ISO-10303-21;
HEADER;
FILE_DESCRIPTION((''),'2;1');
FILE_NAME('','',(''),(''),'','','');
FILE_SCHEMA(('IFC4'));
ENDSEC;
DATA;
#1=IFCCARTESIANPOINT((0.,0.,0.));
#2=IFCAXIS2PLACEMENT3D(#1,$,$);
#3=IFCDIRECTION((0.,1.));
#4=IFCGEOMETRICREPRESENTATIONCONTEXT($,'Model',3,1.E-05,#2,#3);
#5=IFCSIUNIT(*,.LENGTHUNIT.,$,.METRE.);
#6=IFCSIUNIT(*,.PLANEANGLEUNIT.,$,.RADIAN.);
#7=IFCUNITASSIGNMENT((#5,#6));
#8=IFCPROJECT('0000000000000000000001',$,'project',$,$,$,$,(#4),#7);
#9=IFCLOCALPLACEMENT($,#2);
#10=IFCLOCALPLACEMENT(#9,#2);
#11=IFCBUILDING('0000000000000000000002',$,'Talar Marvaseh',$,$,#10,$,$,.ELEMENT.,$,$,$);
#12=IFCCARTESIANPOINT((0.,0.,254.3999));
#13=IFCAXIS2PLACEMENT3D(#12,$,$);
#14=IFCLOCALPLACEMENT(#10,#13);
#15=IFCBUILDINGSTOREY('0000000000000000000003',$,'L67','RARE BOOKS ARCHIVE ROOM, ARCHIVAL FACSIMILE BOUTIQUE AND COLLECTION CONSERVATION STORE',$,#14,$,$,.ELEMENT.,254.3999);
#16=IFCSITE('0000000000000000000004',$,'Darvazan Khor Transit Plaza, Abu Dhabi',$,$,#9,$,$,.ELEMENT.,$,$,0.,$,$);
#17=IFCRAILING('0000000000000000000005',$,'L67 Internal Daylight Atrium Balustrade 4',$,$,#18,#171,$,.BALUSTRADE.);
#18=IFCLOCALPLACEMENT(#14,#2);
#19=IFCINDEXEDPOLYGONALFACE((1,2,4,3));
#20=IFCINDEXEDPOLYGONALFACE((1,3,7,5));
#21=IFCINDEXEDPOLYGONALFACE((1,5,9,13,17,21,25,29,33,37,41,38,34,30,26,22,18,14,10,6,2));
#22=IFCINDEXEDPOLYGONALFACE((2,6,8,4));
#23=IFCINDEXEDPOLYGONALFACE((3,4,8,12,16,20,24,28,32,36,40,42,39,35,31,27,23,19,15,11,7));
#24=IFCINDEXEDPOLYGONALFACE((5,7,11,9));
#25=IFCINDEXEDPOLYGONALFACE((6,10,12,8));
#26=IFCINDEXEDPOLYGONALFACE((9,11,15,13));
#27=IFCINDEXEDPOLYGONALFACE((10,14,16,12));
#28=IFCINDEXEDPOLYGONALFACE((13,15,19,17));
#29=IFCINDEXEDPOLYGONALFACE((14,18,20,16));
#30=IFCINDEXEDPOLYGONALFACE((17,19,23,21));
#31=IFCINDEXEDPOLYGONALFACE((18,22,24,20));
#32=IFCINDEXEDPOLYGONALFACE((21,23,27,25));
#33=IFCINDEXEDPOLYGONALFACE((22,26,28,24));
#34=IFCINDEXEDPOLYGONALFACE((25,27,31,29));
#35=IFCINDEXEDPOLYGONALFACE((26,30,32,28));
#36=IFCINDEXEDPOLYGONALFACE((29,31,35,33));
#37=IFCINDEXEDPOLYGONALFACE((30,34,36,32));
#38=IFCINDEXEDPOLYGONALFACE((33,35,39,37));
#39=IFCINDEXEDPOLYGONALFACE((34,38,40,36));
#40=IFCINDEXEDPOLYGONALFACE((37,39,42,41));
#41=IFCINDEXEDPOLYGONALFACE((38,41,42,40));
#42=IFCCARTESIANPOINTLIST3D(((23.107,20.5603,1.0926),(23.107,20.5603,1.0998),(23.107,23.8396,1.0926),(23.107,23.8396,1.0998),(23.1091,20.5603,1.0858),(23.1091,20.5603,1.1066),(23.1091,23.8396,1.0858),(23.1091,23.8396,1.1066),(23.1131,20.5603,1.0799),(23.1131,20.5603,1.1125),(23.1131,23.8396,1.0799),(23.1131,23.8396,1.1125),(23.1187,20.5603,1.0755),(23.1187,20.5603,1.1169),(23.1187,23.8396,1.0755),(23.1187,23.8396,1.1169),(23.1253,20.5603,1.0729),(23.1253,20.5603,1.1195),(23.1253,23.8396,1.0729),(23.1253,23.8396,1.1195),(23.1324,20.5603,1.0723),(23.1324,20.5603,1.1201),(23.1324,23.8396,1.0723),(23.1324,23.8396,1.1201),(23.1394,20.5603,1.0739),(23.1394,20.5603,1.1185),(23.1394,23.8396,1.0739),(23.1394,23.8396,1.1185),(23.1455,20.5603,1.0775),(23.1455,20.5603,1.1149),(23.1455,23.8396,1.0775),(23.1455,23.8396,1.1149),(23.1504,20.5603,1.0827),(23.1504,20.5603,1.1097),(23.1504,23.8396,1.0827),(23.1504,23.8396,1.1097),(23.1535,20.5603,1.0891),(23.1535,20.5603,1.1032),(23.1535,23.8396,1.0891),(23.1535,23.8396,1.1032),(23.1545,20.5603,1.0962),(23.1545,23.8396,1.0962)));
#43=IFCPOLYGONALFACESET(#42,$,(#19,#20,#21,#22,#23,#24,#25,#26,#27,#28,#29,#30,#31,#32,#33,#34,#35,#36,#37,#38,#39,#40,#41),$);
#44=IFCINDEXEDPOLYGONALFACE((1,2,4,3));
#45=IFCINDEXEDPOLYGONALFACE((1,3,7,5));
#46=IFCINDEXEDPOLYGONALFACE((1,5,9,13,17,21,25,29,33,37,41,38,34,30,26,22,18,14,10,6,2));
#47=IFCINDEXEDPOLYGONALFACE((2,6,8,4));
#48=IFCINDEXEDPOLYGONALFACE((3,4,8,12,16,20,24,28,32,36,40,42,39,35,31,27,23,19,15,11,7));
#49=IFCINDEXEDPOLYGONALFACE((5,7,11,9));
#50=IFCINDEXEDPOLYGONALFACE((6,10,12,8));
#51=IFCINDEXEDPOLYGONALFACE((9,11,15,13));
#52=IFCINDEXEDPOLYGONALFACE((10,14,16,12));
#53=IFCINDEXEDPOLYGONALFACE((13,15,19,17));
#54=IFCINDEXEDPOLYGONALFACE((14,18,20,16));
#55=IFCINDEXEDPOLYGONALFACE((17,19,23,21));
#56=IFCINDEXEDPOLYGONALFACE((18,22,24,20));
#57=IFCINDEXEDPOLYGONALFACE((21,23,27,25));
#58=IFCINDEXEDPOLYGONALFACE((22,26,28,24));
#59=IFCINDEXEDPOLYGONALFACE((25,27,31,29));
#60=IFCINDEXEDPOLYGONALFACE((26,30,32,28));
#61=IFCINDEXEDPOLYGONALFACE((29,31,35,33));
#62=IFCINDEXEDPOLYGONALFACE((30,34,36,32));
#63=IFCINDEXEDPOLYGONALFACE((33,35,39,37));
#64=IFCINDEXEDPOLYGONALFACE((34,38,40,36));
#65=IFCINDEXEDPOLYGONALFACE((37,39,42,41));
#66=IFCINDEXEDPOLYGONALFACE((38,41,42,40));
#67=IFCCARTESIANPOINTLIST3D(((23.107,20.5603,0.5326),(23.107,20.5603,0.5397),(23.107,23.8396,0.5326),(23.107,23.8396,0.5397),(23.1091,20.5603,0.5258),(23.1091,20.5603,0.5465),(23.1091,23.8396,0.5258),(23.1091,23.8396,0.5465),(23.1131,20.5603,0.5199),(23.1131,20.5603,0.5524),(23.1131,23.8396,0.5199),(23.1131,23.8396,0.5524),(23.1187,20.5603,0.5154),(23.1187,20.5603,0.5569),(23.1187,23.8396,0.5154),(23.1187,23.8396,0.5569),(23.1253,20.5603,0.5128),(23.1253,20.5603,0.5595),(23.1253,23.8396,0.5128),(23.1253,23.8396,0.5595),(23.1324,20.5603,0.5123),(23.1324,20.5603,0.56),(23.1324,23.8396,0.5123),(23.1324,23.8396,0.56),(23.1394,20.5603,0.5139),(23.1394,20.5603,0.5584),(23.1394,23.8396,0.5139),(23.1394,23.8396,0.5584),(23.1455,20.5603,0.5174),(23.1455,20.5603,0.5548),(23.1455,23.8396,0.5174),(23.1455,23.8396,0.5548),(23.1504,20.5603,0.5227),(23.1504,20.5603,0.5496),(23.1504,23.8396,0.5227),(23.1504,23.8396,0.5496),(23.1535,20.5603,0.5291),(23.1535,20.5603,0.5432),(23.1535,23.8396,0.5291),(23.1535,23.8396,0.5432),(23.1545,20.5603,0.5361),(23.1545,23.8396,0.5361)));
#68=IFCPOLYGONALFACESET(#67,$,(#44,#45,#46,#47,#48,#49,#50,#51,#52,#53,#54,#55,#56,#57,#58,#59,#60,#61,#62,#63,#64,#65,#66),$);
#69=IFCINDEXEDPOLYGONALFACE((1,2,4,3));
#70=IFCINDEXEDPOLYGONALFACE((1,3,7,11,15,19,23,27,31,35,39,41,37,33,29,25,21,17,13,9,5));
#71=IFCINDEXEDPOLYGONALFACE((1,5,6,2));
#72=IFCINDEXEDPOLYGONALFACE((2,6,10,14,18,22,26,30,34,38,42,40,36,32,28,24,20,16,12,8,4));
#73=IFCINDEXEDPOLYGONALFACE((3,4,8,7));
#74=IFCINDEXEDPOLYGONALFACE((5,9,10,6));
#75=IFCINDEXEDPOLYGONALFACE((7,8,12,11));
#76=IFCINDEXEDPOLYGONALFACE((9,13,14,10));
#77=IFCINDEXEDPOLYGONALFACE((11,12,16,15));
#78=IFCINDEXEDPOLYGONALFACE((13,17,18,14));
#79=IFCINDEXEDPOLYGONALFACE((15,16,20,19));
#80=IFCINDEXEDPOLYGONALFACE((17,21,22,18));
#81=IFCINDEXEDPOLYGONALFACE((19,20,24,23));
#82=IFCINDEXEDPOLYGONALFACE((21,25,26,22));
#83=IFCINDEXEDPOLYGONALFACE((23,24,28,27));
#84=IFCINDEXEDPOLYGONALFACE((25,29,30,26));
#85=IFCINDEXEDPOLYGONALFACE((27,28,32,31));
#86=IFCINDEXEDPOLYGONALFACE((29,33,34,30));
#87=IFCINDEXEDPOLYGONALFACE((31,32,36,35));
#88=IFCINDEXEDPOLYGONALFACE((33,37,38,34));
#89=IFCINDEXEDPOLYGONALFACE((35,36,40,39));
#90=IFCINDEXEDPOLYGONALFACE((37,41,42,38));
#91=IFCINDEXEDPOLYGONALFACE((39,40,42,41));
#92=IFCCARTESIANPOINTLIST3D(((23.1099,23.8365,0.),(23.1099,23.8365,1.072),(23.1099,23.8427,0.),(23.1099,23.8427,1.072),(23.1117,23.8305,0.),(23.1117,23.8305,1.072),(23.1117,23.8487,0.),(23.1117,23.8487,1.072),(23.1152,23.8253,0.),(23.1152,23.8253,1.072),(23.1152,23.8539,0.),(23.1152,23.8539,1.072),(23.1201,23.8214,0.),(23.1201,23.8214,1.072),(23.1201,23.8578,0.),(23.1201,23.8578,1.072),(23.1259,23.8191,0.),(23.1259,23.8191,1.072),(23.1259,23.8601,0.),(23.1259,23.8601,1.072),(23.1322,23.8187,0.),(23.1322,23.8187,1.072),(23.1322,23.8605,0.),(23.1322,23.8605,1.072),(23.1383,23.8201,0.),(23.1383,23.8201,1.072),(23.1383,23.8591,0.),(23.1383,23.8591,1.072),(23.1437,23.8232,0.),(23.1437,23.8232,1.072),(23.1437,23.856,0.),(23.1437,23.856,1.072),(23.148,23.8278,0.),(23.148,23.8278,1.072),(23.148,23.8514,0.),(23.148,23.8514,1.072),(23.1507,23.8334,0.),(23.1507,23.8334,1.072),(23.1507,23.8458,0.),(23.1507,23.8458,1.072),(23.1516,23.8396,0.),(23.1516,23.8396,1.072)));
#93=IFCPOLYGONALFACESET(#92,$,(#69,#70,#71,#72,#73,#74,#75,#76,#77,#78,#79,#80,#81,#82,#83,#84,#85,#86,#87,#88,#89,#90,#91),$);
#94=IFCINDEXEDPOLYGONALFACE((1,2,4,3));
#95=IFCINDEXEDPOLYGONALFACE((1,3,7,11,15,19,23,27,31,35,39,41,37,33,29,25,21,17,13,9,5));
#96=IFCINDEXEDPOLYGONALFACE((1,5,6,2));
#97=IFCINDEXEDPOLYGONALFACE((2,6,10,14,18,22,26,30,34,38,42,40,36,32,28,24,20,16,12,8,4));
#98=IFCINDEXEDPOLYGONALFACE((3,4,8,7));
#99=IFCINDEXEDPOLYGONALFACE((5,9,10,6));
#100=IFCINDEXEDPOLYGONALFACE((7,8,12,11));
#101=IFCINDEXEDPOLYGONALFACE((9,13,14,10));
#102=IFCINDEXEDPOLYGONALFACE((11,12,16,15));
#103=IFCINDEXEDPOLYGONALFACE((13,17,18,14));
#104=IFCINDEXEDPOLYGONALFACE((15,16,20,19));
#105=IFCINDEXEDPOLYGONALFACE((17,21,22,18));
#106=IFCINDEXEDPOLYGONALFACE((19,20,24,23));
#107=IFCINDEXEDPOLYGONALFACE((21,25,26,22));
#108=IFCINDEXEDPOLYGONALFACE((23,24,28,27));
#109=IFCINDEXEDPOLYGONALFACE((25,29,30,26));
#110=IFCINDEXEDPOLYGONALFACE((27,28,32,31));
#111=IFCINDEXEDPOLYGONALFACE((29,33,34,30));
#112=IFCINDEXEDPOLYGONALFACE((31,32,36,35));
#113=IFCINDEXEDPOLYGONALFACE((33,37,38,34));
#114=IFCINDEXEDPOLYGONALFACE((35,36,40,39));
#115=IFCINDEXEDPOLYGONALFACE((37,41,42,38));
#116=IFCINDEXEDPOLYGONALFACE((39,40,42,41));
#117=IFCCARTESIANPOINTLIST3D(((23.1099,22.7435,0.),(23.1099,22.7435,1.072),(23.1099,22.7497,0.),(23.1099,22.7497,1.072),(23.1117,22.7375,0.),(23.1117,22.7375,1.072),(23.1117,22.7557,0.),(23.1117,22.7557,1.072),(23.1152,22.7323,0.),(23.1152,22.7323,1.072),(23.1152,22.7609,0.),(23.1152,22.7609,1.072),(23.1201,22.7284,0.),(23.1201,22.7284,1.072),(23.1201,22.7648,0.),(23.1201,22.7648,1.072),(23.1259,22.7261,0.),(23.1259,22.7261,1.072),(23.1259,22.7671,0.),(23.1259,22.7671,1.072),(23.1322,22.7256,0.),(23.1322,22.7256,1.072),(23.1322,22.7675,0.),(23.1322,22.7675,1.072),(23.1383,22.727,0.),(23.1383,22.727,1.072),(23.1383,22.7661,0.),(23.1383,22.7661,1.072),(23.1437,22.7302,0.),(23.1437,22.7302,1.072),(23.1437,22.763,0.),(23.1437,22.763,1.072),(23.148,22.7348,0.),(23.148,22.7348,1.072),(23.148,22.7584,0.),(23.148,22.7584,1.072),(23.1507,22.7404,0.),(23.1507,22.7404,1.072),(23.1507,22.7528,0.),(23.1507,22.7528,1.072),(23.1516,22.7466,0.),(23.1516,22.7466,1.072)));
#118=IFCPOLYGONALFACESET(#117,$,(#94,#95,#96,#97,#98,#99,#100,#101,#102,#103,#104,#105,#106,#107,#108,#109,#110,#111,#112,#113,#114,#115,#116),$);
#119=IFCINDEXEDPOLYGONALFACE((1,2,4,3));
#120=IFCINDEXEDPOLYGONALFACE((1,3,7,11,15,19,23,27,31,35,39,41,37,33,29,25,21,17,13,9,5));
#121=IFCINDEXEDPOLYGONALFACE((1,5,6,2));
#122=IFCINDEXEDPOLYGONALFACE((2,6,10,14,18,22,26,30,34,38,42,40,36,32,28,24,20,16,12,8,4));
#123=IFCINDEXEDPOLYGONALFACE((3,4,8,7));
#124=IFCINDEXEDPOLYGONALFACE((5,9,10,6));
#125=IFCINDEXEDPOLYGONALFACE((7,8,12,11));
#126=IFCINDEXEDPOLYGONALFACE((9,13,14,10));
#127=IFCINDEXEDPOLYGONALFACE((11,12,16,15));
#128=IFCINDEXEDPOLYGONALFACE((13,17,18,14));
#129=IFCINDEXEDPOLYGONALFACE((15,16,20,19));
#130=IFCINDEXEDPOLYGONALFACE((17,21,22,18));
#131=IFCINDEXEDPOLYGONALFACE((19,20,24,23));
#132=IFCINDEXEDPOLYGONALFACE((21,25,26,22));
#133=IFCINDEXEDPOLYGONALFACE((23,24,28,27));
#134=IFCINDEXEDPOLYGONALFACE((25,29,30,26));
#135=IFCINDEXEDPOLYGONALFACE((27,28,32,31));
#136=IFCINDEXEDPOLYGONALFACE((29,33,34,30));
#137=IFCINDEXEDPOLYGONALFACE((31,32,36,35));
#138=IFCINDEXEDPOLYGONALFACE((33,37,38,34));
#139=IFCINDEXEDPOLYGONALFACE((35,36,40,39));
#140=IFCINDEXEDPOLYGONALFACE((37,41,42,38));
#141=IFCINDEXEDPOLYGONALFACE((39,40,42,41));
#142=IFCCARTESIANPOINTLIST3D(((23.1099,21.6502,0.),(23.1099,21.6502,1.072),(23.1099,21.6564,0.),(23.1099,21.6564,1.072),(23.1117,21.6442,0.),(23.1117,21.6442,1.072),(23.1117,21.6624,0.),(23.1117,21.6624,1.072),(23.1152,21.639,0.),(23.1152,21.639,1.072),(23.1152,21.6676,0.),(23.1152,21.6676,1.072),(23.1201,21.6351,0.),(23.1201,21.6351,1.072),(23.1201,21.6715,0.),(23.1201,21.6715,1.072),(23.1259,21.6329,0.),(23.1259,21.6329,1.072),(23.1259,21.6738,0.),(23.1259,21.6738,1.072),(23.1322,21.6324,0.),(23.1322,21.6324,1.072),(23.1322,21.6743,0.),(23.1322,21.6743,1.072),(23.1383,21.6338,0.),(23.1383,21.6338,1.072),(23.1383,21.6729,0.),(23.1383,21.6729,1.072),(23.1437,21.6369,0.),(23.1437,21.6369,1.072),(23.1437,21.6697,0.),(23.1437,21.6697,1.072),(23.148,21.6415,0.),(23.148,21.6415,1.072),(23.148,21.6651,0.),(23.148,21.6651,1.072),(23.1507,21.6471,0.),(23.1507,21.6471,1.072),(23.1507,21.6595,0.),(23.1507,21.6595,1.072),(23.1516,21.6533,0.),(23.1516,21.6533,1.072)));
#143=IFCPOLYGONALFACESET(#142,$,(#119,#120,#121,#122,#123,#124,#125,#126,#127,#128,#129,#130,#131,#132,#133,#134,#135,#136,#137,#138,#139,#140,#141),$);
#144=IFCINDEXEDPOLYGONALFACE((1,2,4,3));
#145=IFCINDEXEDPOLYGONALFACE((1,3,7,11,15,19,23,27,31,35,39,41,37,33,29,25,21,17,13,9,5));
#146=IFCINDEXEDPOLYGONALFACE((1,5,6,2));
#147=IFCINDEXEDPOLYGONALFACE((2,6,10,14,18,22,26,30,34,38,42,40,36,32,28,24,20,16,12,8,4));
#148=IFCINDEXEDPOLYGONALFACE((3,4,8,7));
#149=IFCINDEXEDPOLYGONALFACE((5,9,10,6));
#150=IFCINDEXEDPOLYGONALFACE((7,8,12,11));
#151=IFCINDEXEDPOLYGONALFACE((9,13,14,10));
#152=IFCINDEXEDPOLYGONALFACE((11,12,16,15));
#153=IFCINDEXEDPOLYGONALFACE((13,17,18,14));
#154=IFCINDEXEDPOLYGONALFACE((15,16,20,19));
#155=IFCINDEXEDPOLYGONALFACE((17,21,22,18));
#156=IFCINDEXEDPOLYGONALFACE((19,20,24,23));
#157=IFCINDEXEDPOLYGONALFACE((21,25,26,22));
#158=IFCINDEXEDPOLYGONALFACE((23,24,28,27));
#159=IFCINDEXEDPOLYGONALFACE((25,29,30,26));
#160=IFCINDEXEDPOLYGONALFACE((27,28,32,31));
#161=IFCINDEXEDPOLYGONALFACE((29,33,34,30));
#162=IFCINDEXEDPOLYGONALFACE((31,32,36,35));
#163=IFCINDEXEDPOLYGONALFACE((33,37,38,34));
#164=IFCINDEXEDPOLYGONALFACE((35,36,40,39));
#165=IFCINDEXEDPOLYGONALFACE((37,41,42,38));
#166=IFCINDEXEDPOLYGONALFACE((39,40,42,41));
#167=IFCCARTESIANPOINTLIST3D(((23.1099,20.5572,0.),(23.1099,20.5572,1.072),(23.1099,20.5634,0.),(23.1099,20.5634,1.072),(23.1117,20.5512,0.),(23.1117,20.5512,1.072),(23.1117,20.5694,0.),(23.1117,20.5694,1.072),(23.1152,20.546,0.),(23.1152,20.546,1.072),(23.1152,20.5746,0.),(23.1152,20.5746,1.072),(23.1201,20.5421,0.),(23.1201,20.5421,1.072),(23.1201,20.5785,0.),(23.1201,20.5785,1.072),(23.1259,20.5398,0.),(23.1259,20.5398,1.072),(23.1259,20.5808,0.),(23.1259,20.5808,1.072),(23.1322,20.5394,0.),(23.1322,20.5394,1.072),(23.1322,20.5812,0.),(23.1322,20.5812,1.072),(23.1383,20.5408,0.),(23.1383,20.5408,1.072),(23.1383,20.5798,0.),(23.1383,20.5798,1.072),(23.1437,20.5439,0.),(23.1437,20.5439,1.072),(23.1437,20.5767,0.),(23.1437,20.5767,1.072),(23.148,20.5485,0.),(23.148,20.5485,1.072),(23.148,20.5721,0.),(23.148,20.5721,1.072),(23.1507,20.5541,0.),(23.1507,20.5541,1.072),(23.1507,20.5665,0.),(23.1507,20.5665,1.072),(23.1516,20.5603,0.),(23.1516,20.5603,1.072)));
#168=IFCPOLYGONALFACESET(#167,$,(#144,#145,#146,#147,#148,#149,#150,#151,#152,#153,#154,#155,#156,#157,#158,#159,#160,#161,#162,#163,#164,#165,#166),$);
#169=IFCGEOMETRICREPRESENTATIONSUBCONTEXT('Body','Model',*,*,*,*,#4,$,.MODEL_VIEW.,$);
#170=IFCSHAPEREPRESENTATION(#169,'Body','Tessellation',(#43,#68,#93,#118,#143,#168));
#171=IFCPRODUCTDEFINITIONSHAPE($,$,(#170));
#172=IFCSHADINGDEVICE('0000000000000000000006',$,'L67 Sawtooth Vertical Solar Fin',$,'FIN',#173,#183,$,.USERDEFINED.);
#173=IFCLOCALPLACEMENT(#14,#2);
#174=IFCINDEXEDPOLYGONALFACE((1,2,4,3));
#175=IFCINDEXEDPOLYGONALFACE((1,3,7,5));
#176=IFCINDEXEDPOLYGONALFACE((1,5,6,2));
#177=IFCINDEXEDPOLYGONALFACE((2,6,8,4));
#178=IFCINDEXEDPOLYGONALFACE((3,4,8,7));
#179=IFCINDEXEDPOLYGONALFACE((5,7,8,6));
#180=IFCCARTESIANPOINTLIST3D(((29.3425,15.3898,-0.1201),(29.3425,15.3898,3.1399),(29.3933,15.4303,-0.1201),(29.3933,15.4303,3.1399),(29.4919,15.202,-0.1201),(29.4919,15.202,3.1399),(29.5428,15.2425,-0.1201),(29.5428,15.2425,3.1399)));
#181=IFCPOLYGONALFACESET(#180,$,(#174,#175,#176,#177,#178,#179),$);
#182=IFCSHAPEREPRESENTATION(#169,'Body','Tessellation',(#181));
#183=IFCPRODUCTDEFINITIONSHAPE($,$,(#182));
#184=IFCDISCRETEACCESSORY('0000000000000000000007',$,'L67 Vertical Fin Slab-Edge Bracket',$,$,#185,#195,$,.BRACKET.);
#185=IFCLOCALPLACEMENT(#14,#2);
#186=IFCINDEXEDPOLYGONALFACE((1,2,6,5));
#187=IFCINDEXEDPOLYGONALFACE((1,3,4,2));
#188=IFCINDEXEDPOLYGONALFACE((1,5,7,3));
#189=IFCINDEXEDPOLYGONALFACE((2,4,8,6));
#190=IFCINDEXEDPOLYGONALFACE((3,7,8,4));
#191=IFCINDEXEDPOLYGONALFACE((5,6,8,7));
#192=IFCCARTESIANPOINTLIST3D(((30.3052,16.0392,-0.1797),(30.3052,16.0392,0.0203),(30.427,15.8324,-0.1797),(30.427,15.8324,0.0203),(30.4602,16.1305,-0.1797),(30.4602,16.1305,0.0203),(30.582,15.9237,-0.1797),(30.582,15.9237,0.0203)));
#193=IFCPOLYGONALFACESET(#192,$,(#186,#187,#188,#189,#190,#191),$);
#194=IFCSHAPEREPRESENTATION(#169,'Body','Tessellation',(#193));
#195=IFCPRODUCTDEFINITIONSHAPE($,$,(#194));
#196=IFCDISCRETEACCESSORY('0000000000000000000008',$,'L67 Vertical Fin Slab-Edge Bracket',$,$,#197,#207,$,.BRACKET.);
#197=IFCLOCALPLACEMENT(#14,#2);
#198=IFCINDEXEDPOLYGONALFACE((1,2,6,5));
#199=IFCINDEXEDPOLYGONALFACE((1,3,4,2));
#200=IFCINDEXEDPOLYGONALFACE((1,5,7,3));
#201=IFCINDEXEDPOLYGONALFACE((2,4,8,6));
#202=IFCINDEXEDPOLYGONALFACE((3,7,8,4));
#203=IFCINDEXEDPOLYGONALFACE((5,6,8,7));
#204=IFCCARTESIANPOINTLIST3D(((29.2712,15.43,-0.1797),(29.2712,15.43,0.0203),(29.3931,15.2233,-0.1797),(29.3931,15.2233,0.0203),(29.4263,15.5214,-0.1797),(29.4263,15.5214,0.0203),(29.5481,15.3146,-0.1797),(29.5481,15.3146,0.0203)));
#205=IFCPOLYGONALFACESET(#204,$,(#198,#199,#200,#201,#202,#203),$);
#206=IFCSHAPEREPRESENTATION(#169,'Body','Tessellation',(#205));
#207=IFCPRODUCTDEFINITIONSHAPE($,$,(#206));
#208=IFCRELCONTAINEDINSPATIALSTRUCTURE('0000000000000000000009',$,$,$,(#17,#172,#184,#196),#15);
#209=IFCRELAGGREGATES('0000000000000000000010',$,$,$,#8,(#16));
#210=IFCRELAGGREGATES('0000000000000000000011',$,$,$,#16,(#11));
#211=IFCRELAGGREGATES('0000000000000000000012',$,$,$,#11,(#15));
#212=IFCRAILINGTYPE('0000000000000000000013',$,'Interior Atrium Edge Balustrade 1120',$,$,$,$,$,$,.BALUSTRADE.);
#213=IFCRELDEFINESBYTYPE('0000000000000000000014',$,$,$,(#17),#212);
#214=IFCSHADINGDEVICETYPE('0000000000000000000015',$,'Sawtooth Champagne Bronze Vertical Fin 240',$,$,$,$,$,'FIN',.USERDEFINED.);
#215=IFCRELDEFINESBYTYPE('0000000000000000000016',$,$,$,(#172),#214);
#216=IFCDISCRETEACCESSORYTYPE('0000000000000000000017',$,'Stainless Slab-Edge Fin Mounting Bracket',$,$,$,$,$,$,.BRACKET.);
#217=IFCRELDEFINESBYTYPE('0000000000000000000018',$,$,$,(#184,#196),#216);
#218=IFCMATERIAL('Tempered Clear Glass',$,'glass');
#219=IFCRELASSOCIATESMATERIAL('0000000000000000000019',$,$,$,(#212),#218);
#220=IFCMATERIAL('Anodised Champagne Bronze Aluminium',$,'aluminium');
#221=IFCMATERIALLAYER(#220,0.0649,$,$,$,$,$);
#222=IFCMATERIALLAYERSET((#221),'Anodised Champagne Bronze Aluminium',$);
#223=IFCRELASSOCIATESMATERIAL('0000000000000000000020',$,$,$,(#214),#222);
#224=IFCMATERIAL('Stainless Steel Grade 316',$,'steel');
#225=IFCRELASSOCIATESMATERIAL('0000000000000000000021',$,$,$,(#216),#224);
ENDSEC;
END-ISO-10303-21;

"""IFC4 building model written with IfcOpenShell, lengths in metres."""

from ifc_helpers import new_model, si_unit, direction, frame, origin, origin_2d, place, context, subcontext, project, spatial, rectangle, circle, extrude, source, transform, mapped, material, layer, layer_set, type_object, type_shapes, element, save


model = new_model("IFC4")

# Units and contexts
model_context = context("Model", 3, precision=1e-05, world=origin(), true_north=direction((0.0, 1.0)))
body_context = subcontext(model_context, "Body", "Model", "MODEL_VIEW")
ifc_project = project(units=[si_unit("LENGTHUNIT", "METRE"), si_unit("PLANEANGLEUNIT", "RADIAN")], contexts=[model_context])

# Site, building, storey
site_placement = place(None, origin())
site = spatial("IfcSite", under=ifc_project, at=site_placement, Name="Darvazan Khor Transit Plaza, Abu Dhabi", CompositionType="ELEMENT", RefElevation=0.0)
building_placement = place(site_placement, origin())
building = spatial("IfcBuilding", under=site, at=building_placement, Name="Talar Marvaseh", CompositionType="ELEMENT")
storey_placement = place(building_placement, frame((0.0, 0.0, 254.3999)))
storey = spatial("IfcBuildingStorey", under=building, at=storey_placement, Name="L67", Description="RARE BOOKS ARCHIVE ROOM, ARCHIVAL FACSIMILE BOUTIQUE AND COLLECTION CONSERVATION STORE", CompositionType="ELEMENT", Elevation=254.3999)

# Railing
ifc_material_1 = material(Name="Tempered Clear Glass", Category="glass")
railing_type = type_object("IfcRailingType", Name="Interior Atrium Edge Balustrade 1120", PredefinedType="BALUSTRADE", material=ifc_material_1)
railing_1_placement = place(storey_placement, frame((23.1306, 23.8396, 0.0)))
element("IfcRailing", 1, at=railing_1_placement, inside=storey, type_object=railing_type, Name="L67 Internal Daylight Atrium Balustrade 4", PredefinedType="BALUSTRADE", context=body_context, shape_type="SweptSolid", body=[
    extrude(circle(Radius=0.0239, at=origin_2d()), frame((0.0, 0.0, 1.0962), z_axis=(0.0, -1.0, 0.0), x_axis=(1.0, 0.0, 0.0)), (0.0, 0.0, 1.0), 3.2793),
    extrude(circle(Radius=0.0239, at=origin_2d()), frame((0.0, 0.0, 0.5361), z_axis=(0.0, -1.0, 0.0), x_axis=(1.0, 0.0, 0.0)), (0.0, 0.0, 1.0), 3.2793),
    extrude(circle(Radius=0.021, at=origin_2d()), origin(), (0.0, 0.0, 1.0), 1.072),
    extrude(circle(Radius=0.021, at=origin_2d()), frame((0.0, -1.093, 0.0)), (0.0, 0.0, 1.0), 1.072),
    extrude(circle(Radius=0.021, at=origin_2d()), frame((0.0, -2.1863, 0.0)), (0.0, 0.0, 1.0), 1.072),
    extrude(circle(Radius=0.021, at=origin_2d()), frame((0.0, -3.2793, 0.0)), (0.0, 0.0, 1.0), 1.072),
])

# Shading device
ifc_material_2 = material(Name="Anodised Champagne Bronze Aluminium", Category="aluminium")
ifc_layer_1 = layer(ifc_material_2, 0.0649)
ifc_layer_set_1 = layer_set([ifc_layer_1], Name="Anodised Champagne Bronze Aluminium")
shading_device_type = type_object("IfcShadingDeviceType", Name="Sawtooth Champagne Bronze Vertical Fin 240", ElementType="FIN", PredefinedType="USERDEFINED", material=ifc_layer_set_1)
shared_shape_1 = source(origin(), body_context, "Body", "SweptSolid", [
    extrude(rectangle(XDim=0.24, YDim=0.0649, at=origin_2d()), origin(), (0.0, 0.0, 1.0), 3.26),
])
type_shapes(shading_device_type, [shared_shape_1])
shading_device_placement = place(storey_placement, frame((29.4426, 15.3162, -0.1201), z_axis=(0.0, 0.0, 1.0), x_axis=(0.622651, -0.782499, 0.0)))
element("IfcShadingDevice", 2, at=shading_device_placement, inside=storey, type_object=shading_device_type, Name="L67 Sawtooth Vertical Solar Fin", ObjectType="FIN", PredefinedType="USERDEFINED", context=body_context, shape_type="MappedRepresentation", body=[
    mapped(shared_shape_1, transform((0.0, 0.0, 0.0), x_axis=(1.0, 0.0, 0.0), y_axis=(0.0, 1.0, 0.0), z_axis=(0.0, 0.0, 1.0), scale=1.0)),
])

# Discrete accessories
ifc_material_3 = material(Name="Stainless Steel Grade 316", Category="steel")
discrete_accessory_type = type_object("IfcDiscreteAccessoryType", Name="Stainless Slab-Edge Fin Mounting Bracket", PredefinedType="BRACKET", material=ifc_material_3)
shared_shape_2 = source(origin(), body_context, "Body", "SweptSolid", [
    extrude(rectangle(XDim=0.24, YDim=0.1799, at=origin_2d()), origin(), (0.0, 0.0, 1.0), 0.2),
])
type_shapes(discrete_accessory_type, [shared_shape_2])
for number, where, z_axis, x_axis, name in (
    (3, (30.4436, 15.9814, -0.1797), (0.0, 0.0, 1.0), (0.507689, -0.861541, 0.0), "L67 Vertical Fin Slab-Edge Bracket"),
    (4, (29.4097, 15.3723, -0.1797), (0.0, 0.0, 1.0), (0.507689, -0.861541, 0.0), "L67 Vertical Fin Slab-Edge Bracket"),
):
    element("IfcDiscreteAccessory", number, at=place(storey_placement, frame(where, z_axis=z_axis, x_axis=x_axis)), inside=storey, type_object=discrete_accessory_type, Name=name, PredefinedType="BRACKET", context=body_context, shape_type="MappedRepresentation", body=[
        mapped(shared_shape_2, transform((0.0, 0.0, 0.0), x_axis=(1.0, 0.0, 0.0), y_axis=(0.0, 1.0, 0.0), z_axis=(0.0, 0.0, 1.0), scale=1.0)),
    ])

save(model, "model.ifc")
